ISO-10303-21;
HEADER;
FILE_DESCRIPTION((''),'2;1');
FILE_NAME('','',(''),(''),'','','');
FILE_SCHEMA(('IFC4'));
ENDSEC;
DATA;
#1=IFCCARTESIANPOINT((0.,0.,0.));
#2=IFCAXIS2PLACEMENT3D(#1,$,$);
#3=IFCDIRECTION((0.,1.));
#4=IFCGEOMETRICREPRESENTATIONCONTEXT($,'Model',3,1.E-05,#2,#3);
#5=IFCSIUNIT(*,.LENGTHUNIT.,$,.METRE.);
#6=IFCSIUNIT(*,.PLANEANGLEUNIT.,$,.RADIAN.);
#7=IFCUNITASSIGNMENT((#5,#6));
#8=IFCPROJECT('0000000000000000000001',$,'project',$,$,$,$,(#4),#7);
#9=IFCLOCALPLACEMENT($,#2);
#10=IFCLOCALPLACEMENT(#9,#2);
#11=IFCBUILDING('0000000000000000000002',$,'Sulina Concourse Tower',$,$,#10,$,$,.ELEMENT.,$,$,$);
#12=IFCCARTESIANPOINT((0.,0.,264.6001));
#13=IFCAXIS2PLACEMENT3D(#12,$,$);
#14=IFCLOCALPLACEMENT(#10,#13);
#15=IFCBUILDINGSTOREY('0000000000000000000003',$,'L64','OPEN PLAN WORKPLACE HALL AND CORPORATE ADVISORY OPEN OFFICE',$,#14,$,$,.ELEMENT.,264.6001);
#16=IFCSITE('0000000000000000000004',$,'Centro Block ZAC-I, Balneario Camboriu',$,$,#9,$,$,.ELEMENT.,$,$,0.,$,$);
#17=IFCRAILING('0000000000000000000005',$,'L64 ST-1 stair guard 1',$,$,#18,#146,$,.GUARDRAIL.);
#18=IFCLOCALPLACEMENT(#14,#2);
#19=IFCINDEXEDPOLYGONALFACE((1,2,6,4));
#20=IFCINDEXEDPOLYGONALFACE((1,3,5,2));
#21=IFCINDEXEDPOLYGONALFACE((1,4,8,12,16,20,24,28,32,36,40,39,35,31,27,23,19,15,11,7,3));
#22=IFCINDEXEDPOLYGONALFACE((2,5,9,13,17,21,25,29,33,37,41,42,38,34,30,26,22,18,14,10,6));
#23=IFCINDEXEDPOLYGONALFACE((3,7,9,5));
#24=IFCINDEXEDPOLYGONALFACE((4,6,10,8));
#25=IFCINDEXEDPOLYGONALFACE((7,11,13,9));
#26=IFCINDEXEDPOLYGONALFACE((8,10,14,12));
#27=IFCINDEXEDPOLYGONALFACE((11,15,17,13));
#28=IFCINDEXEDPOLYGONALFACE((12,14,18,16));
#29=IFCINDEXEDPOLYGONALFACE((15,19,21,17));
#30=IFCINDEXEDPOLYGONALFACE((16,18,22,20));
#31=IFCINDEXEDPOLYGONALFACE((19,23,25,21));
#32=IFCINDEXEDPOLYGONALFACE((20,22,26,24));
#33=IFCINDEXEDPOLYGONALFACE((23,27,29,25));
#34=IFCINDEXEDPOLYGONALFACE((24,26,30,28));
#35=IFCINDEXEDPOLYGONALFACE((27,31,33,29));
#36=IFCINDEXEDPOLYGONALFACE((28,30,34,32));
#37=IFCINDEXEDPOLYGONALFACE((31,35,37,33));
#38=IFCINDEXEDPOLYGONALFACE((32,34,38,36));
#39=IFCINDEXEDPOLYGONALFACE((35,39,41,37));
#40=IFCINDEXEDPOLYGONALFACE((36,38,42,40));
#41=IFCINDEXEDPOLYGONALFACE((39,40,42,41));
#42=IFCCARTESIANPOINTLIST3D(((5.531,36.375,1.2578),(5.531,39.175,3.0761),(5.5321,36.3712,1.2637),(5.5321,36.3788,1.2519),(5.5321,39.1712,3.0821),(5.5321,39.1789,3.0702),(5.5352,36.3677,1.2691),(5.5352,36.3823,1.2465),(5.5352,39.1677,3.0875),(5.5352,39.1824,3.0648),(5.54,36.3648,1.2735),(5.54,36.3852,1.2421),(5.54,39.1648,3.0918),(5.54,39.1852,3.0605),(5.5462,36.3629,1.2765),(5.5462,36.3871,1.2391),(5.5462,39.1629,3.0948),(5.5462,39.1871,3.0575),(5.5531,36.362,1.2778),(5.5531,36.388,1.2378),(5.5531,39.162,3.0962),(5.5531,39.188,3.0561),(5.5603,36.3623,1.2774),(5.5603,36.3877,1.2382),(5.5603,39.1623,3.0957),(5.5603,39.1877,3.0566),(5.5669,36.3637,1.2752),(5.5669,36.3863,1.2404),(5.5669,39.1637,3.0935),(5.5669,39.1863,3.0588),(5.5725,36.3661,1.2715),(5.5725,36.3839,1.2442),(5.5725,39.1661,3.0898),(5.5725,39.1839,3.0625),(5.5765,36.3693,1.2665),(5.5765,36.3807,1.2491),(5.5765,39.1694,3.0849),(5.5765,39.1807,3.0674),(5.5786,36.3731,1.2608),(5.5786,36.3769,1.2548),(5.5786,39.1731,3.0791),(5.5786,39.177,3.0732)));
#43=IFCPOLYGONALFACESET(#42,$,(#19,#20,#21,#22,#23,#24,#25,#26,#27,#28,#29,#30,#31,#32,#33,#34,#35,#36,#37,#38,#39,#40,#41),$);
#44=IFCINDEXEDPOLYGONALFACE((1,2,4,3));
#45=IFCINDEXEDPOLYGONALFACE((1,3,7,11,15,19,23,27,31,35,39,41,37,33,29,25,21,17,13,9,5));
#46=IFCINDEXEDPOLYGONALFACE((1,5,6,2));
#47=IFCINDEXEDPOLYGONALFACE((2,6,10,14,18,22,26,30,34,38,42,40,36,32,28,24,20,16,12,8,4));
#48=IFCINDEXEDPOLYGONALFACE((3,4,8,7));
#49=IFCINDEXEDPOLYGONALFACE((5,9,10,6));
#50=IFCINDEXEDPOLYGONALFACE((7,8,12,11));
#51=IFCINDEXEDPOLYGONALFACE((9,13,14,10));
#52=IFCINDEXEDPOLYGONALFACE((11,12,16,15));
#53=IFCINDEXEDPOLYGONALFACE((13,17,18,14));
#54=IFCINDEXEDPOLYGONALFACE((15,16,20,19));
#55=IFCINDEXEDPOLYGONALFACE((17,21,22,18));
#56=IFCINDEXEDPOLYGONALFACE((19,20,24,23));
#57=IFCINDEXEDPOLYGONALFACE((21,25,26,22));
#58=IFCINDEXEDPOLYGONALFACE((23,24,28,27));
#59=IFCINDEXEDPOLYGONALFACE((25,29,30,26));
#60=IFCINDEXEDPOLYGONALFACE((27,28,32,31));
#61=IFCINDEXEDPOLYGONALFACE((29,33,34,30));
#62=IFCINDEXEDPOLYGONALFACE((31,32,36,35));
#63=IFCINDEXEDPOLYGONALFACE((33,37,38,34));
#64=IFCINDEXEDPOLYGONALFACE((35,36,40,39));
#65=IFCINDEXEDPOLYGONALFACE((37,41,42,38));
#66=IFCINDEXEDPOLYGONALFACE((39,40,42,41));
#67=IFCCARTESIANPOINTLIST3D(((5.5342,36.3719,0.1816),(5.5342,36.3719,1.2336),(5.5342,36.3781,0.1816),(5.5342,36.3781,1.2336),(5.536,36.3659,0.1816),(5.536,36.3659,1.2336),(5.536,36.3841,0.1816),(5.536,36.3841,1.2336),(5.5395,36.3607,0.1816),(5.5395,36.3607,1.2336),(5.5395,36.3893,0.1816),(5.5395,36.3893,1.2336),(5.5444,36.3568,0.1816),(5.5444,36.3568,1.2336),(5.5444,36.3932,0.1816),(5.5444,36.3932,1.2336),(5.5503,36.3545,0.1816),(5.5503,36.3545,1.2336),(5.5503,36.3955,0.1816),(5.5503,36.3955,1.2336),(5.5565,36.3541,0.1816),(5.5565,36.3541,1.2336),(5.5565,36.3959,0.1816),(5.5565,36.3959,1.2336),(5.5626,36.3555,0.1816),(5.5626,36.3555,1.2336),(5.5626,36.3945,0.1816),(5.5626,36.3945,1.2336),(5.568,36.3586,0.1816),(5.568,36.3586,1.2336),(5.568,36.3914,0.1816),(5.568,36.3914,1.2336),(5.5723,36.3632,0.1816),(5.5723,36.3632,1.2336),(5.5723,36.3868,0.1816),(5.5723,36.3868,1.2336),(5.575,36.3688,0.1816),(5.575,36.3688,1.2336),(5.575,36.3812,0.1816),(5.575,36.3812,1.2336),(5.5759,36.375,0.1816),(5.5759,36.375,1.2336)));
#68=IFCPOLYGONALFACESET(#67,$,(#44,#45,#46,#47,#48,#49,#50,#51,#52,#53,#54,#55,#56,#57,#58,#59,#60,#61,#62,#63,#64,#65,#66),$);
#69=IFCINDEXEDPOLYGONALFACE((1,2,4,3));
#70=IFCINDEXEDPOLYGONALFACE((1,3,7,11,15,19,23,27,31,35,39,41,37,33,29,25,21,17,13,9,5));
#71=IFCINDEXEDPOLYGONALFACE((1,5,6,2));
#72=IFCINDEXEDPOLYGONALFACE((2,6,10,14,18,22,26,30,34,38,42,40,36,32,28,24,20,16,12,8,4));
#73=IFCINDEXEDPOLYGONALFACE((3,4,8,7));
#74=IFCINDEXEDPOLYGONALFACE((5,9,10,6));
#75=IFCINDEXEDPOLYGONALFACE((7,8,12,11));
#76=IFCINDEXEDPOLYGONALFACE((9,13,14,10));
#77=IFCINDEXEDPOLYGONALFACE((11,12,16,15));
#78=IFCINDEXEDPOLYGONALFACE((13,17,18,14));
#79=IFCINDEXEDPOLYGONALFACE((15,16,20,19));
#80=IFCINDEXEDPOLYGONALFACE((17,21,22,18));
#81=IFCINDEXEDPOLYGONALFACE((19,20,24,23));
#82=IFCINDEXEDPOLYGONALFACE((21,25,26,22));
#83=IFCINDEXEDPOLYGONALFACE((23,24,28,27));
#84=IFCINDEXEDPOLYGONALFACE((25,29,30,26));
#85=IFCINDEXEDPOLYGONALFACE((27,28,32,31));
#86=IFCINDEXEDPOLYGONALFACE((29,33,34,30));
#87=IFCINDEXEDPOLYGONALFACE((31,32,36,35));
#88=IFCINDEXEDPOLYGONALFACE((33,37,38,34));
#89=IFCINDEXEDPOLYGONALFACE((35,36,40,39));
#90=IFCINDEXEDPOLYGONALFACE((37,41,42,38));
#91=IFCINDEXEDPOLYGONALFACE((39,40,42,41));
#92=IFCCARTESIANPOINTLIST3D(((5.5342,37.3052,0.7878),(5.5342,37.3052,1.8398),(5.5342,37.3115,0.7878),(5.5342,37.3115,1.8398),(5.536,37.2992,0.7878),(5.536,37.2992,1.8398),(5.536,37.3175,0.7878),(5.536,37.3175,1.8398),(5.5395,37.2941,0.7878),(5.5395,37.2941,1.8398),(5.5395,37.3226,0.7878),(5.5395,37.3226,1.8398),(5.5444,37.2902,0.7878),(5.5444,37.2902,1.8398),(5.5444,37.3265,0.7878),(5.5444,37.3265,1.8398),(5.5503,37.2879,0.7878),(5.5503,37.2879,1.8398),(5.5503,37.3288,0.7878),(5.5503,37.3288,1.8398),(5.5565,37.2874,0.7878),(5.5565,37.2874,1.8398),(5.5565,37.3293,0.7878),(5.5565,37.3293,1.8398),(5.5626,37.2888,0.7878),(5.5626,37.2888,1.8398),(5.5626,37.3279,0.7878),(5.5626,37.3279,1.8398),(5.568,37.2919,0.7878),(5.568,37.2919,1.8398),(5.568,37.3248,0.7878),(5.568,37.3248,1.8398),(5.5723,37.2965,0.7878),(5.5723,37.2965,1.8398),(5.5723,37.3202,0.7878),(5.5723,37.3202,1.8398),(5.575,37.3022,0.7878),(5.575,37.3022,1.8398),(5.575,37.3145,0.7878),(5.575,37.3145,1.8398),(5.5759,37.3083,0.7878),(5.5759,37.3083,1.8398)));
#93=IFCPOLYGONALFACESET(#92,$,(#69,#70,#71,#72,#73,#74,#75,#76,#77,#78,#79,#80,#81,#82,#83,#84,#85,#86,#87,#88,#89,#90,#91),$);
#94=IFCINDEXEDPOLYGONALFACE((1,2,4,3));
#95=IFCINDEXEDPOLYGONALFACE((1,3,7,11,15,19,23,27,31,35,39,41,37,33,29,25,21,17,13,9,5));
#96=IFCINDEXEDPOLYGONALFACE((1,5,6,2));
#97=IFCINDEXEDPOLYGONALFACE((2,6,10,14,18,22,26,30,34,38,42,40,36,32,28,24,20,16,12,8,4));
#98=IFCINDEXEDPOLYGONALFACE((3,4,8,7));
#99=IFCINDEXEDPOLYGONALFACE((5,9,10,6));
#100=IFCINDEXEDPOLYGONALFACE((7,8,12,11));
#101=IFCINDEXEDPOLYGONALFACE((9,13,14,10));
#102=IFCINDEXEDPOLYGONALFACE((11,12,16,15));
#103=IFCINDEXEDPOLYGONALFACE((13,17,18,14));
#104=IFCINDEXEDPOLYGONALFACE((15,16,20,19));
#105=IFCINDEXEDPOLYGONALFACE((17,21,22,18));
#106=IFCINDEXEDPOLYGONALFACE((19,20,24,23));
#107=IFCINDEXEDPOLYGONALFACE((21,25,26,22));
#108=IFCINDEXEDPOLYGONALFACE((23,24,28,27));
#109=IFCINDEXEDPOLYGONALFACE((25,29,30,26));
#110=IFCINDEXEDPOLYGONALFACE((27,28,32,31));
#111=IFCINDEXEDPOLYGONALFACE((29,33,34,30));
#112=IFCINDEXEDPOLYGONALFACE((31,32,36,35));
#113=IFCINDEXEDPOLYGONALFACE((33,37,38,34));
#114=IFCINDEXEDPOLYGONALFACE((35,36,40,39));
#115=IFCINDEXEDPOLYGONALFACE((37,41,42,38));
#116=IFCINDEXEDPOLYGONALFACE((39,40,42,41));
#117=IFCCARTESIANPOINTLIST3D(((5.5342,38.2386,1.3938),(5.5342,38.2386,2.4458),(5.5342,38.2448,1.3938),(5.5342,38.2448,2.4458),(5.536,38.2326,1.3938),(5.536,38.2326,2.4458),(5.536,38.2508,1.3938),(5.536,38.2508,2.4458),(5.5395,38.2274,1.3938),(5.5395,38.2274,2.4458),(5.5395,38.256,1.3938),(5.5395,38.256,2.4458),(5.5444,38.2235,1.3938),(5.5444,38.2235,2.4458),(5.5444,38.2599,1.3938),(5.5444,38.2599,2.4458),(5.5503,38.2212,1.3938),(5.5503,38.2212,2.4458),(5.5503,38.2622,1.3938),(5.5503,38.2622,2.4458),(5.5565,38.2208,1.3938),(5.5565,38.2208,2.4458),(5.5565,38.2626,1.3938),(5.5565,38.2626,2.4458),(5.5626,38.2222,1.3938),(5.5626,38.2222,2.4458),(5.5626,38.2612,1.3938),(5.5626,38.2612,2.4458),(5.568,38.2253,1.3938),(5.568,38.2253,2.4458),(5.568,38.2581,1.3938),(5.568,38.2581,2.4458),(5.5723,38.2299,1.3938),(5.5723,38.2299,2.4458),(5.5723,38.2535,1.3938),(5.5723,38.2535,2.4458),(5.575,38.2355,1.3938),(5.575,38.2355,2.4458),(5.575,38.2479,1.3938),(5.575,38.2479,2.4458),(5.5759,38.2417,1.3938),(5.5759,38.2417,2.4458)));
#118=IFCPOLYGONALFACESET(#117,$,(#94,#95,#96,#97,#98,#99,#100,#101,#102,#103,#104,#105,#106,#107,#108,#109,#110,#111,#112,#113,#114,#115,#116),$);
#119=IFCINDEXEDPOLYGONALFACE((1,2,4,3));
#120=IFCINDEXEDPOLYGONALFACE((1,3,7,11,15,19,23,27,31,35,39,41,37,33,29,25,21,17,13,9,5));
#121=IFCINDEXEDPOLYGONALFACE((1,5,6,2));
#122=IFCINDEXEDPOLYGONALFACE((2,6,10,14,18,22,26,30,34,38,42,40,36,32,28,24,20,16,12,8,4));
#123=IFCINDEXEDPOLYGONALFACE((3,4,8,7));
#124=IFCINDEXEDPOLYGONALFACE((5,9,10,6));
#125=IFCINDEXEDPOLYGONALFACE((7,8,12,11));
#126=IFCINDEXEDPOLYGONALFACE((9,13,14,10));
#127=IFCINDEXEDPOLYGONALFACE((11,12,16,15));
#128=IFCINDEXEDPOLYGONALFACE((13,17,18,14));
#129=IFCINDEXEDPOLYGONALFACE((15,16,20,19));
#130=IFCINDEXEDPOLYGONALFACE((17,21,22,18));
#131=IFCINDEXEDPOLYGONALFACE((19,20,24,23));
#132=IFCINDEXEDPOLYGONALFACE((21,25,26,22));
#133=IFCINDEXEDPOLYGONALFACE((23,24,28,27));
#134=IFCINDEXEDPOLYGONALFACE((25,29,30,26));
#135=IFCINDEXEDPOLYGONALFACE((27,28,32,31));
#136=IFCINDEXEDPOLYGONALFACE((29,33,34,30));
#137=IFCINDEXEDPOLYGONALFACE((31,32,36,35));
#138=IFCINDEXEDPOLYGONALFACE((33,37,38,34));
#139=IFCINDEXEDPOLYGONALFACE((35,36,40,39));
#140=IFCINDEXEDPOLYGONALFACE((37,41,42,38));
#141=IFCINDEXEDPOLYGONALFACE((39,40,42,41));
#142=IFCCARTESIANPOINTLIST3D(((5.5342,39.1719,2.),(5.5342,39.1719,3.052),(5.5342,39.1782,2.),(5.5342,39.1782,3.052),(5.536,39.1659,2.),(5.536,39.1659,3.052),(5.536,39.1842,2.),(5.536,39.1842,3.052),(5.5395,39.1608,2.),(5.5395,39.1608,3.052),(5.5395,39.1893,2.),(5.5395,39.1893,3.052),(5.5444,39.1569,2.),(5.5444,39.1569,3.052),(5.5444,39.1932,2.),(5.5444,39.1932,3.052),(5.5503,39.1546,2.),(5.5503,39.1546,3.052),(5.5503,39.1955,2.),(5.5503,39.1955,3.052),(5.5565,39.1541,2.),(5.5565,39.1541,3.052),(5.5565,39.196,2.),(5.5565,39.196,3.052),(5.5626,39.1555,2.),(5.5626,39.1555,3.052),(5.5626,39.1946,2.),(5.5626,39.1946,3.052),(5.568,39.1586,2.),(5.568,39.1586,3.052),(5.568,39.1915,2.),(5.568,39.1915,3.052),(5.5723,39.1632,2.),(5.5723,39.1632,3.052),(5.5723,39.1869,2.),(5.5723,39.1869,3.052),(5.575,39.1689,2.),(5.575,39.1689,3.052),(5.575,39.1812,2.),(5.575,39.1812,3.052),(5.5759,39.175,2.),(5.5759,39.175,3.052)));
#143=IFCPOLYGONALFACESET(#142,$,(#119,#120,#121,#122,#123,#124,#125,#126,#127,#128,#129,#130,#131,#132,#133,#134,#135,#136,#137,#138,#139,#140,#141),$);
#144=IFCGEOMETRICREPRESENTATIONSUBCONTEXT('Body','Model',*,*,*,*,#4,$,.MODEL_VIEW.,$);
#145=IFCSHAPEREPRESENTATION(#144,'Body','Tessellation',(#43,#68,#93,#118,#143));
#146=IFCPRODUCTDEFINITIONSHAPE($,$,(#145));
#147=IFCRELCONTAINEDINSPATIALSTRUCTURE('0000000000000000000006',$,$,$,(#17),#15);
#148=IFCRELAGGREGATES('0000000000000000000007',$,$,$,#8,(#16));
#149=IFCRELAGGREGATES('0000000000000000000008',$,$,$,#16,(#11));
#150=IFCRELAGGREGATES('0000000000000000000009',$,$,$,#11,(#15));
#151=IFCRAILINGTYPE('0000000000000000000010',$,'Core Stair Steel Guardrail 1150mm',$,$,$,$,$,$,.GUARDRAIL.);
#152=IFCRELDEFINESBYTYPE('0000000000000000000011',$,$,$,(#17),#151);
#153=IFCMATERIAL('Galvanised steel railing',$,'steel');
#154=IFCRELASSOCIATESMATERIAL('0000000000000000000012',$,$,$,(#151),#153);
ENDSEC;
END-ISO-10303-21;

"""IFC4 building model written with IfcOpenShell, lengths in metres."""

from ifc_helpers import new_model, si_unit, direction, frame, origin, origin_2d, place, context, subcontext, project, spatial, circle, extrude, material, type_object, element, save


model = new_model("IFC4")

# Units and contexts
model_context = context("Model", 3, precision=1e-05, world=origin(), true_north=direction((0.0, 1.0)))
body_context = subcontext(model_context, "Body", "Model", "MODEL_VIEW")
ifc_project = project(units=[si_unit("LENGTHUNIT", "METRE"), si_unit("PLANEANGLEUNIT", "RADIAN")], contexts=[model_context])

# Site, building, storey
site_placement = place(None, origin())
site = spatial("IfcSite", under=ifc_project, at=site_placement, Name="Centro Block ZAC-I, Balneario Camboriu", CompositionType="ELEMENT", RefElevation=0.0)
building_placement = place(site_placement, origin())
building = spatial("IfcBuilding", under=site, at=building_placement, Name="Sulina Concourse Tower", CompositionType="ELEMENT")
storey_placement = place(building_placement, frame((0.0, 0.0, 264.6001)))
storey = spatial("IfcBuildingStorey", under=building, at=storey_placement, Name="L64", Description="OPEN PLAN WORKPLACE HALL AND CORPORATE ADVISORY OPEN OFFICE", CompositionType="ELEMENT", Elevation=264.6001)

# Railing
ifc_material_1 = material(Name="Galvanised steel railing", Category="steel")
railing_type_1 = type_object("IfcRailingType", Name="Core Stair Steel Guardrail 1150mm", PredefinedType="GUARDRAIL", material=ifc_material_1)
railing_1_placement = place(storey_placement, frame((5.5549, 36.375, 0.1816)))
element("IfcRailing", 1, at=railing_1_placement, inside=storey, type_object=railing_type_1, Name="L64 ST-1 stair guard 1", PredefinedType="GUARDRAIL", context=body_context, shape_type="SweptSolid", body=[
    extrude(circle(Radius=0.0239, at=origin_2d()), frame((0.0, 0.0, 1.0762), z_axis=(0.0, 0.838672, 0.544636), x_axis=(-1.0, 0.0, 0.0)), (0.0, 0.0, 1.0), 3.3386),
    extrude(circle(Radius=0.021, at=origin_2d()), origin(), (0.0, 0.0, 1.0), 1.052),
    extrude(circle(Radius=0.021, at=origin_2d()), frame((0.0, 0.9333, 0.6062)), (0.0, 0.0, 1.0), 1.052),
    extrude(circle(Radius=0.021, at=origin_2d()), frame((0.0, 1.8667, 1.2122)), (0.0, 0.0, 1.0), 1.052),
    extrude(circle(Radius=0.021, at=origin_2d()), frame((0.0, 2.8, 1.8184)), (0.0, 0.0, 1.0), 1.052),
])

save(model, "model.ifc")
